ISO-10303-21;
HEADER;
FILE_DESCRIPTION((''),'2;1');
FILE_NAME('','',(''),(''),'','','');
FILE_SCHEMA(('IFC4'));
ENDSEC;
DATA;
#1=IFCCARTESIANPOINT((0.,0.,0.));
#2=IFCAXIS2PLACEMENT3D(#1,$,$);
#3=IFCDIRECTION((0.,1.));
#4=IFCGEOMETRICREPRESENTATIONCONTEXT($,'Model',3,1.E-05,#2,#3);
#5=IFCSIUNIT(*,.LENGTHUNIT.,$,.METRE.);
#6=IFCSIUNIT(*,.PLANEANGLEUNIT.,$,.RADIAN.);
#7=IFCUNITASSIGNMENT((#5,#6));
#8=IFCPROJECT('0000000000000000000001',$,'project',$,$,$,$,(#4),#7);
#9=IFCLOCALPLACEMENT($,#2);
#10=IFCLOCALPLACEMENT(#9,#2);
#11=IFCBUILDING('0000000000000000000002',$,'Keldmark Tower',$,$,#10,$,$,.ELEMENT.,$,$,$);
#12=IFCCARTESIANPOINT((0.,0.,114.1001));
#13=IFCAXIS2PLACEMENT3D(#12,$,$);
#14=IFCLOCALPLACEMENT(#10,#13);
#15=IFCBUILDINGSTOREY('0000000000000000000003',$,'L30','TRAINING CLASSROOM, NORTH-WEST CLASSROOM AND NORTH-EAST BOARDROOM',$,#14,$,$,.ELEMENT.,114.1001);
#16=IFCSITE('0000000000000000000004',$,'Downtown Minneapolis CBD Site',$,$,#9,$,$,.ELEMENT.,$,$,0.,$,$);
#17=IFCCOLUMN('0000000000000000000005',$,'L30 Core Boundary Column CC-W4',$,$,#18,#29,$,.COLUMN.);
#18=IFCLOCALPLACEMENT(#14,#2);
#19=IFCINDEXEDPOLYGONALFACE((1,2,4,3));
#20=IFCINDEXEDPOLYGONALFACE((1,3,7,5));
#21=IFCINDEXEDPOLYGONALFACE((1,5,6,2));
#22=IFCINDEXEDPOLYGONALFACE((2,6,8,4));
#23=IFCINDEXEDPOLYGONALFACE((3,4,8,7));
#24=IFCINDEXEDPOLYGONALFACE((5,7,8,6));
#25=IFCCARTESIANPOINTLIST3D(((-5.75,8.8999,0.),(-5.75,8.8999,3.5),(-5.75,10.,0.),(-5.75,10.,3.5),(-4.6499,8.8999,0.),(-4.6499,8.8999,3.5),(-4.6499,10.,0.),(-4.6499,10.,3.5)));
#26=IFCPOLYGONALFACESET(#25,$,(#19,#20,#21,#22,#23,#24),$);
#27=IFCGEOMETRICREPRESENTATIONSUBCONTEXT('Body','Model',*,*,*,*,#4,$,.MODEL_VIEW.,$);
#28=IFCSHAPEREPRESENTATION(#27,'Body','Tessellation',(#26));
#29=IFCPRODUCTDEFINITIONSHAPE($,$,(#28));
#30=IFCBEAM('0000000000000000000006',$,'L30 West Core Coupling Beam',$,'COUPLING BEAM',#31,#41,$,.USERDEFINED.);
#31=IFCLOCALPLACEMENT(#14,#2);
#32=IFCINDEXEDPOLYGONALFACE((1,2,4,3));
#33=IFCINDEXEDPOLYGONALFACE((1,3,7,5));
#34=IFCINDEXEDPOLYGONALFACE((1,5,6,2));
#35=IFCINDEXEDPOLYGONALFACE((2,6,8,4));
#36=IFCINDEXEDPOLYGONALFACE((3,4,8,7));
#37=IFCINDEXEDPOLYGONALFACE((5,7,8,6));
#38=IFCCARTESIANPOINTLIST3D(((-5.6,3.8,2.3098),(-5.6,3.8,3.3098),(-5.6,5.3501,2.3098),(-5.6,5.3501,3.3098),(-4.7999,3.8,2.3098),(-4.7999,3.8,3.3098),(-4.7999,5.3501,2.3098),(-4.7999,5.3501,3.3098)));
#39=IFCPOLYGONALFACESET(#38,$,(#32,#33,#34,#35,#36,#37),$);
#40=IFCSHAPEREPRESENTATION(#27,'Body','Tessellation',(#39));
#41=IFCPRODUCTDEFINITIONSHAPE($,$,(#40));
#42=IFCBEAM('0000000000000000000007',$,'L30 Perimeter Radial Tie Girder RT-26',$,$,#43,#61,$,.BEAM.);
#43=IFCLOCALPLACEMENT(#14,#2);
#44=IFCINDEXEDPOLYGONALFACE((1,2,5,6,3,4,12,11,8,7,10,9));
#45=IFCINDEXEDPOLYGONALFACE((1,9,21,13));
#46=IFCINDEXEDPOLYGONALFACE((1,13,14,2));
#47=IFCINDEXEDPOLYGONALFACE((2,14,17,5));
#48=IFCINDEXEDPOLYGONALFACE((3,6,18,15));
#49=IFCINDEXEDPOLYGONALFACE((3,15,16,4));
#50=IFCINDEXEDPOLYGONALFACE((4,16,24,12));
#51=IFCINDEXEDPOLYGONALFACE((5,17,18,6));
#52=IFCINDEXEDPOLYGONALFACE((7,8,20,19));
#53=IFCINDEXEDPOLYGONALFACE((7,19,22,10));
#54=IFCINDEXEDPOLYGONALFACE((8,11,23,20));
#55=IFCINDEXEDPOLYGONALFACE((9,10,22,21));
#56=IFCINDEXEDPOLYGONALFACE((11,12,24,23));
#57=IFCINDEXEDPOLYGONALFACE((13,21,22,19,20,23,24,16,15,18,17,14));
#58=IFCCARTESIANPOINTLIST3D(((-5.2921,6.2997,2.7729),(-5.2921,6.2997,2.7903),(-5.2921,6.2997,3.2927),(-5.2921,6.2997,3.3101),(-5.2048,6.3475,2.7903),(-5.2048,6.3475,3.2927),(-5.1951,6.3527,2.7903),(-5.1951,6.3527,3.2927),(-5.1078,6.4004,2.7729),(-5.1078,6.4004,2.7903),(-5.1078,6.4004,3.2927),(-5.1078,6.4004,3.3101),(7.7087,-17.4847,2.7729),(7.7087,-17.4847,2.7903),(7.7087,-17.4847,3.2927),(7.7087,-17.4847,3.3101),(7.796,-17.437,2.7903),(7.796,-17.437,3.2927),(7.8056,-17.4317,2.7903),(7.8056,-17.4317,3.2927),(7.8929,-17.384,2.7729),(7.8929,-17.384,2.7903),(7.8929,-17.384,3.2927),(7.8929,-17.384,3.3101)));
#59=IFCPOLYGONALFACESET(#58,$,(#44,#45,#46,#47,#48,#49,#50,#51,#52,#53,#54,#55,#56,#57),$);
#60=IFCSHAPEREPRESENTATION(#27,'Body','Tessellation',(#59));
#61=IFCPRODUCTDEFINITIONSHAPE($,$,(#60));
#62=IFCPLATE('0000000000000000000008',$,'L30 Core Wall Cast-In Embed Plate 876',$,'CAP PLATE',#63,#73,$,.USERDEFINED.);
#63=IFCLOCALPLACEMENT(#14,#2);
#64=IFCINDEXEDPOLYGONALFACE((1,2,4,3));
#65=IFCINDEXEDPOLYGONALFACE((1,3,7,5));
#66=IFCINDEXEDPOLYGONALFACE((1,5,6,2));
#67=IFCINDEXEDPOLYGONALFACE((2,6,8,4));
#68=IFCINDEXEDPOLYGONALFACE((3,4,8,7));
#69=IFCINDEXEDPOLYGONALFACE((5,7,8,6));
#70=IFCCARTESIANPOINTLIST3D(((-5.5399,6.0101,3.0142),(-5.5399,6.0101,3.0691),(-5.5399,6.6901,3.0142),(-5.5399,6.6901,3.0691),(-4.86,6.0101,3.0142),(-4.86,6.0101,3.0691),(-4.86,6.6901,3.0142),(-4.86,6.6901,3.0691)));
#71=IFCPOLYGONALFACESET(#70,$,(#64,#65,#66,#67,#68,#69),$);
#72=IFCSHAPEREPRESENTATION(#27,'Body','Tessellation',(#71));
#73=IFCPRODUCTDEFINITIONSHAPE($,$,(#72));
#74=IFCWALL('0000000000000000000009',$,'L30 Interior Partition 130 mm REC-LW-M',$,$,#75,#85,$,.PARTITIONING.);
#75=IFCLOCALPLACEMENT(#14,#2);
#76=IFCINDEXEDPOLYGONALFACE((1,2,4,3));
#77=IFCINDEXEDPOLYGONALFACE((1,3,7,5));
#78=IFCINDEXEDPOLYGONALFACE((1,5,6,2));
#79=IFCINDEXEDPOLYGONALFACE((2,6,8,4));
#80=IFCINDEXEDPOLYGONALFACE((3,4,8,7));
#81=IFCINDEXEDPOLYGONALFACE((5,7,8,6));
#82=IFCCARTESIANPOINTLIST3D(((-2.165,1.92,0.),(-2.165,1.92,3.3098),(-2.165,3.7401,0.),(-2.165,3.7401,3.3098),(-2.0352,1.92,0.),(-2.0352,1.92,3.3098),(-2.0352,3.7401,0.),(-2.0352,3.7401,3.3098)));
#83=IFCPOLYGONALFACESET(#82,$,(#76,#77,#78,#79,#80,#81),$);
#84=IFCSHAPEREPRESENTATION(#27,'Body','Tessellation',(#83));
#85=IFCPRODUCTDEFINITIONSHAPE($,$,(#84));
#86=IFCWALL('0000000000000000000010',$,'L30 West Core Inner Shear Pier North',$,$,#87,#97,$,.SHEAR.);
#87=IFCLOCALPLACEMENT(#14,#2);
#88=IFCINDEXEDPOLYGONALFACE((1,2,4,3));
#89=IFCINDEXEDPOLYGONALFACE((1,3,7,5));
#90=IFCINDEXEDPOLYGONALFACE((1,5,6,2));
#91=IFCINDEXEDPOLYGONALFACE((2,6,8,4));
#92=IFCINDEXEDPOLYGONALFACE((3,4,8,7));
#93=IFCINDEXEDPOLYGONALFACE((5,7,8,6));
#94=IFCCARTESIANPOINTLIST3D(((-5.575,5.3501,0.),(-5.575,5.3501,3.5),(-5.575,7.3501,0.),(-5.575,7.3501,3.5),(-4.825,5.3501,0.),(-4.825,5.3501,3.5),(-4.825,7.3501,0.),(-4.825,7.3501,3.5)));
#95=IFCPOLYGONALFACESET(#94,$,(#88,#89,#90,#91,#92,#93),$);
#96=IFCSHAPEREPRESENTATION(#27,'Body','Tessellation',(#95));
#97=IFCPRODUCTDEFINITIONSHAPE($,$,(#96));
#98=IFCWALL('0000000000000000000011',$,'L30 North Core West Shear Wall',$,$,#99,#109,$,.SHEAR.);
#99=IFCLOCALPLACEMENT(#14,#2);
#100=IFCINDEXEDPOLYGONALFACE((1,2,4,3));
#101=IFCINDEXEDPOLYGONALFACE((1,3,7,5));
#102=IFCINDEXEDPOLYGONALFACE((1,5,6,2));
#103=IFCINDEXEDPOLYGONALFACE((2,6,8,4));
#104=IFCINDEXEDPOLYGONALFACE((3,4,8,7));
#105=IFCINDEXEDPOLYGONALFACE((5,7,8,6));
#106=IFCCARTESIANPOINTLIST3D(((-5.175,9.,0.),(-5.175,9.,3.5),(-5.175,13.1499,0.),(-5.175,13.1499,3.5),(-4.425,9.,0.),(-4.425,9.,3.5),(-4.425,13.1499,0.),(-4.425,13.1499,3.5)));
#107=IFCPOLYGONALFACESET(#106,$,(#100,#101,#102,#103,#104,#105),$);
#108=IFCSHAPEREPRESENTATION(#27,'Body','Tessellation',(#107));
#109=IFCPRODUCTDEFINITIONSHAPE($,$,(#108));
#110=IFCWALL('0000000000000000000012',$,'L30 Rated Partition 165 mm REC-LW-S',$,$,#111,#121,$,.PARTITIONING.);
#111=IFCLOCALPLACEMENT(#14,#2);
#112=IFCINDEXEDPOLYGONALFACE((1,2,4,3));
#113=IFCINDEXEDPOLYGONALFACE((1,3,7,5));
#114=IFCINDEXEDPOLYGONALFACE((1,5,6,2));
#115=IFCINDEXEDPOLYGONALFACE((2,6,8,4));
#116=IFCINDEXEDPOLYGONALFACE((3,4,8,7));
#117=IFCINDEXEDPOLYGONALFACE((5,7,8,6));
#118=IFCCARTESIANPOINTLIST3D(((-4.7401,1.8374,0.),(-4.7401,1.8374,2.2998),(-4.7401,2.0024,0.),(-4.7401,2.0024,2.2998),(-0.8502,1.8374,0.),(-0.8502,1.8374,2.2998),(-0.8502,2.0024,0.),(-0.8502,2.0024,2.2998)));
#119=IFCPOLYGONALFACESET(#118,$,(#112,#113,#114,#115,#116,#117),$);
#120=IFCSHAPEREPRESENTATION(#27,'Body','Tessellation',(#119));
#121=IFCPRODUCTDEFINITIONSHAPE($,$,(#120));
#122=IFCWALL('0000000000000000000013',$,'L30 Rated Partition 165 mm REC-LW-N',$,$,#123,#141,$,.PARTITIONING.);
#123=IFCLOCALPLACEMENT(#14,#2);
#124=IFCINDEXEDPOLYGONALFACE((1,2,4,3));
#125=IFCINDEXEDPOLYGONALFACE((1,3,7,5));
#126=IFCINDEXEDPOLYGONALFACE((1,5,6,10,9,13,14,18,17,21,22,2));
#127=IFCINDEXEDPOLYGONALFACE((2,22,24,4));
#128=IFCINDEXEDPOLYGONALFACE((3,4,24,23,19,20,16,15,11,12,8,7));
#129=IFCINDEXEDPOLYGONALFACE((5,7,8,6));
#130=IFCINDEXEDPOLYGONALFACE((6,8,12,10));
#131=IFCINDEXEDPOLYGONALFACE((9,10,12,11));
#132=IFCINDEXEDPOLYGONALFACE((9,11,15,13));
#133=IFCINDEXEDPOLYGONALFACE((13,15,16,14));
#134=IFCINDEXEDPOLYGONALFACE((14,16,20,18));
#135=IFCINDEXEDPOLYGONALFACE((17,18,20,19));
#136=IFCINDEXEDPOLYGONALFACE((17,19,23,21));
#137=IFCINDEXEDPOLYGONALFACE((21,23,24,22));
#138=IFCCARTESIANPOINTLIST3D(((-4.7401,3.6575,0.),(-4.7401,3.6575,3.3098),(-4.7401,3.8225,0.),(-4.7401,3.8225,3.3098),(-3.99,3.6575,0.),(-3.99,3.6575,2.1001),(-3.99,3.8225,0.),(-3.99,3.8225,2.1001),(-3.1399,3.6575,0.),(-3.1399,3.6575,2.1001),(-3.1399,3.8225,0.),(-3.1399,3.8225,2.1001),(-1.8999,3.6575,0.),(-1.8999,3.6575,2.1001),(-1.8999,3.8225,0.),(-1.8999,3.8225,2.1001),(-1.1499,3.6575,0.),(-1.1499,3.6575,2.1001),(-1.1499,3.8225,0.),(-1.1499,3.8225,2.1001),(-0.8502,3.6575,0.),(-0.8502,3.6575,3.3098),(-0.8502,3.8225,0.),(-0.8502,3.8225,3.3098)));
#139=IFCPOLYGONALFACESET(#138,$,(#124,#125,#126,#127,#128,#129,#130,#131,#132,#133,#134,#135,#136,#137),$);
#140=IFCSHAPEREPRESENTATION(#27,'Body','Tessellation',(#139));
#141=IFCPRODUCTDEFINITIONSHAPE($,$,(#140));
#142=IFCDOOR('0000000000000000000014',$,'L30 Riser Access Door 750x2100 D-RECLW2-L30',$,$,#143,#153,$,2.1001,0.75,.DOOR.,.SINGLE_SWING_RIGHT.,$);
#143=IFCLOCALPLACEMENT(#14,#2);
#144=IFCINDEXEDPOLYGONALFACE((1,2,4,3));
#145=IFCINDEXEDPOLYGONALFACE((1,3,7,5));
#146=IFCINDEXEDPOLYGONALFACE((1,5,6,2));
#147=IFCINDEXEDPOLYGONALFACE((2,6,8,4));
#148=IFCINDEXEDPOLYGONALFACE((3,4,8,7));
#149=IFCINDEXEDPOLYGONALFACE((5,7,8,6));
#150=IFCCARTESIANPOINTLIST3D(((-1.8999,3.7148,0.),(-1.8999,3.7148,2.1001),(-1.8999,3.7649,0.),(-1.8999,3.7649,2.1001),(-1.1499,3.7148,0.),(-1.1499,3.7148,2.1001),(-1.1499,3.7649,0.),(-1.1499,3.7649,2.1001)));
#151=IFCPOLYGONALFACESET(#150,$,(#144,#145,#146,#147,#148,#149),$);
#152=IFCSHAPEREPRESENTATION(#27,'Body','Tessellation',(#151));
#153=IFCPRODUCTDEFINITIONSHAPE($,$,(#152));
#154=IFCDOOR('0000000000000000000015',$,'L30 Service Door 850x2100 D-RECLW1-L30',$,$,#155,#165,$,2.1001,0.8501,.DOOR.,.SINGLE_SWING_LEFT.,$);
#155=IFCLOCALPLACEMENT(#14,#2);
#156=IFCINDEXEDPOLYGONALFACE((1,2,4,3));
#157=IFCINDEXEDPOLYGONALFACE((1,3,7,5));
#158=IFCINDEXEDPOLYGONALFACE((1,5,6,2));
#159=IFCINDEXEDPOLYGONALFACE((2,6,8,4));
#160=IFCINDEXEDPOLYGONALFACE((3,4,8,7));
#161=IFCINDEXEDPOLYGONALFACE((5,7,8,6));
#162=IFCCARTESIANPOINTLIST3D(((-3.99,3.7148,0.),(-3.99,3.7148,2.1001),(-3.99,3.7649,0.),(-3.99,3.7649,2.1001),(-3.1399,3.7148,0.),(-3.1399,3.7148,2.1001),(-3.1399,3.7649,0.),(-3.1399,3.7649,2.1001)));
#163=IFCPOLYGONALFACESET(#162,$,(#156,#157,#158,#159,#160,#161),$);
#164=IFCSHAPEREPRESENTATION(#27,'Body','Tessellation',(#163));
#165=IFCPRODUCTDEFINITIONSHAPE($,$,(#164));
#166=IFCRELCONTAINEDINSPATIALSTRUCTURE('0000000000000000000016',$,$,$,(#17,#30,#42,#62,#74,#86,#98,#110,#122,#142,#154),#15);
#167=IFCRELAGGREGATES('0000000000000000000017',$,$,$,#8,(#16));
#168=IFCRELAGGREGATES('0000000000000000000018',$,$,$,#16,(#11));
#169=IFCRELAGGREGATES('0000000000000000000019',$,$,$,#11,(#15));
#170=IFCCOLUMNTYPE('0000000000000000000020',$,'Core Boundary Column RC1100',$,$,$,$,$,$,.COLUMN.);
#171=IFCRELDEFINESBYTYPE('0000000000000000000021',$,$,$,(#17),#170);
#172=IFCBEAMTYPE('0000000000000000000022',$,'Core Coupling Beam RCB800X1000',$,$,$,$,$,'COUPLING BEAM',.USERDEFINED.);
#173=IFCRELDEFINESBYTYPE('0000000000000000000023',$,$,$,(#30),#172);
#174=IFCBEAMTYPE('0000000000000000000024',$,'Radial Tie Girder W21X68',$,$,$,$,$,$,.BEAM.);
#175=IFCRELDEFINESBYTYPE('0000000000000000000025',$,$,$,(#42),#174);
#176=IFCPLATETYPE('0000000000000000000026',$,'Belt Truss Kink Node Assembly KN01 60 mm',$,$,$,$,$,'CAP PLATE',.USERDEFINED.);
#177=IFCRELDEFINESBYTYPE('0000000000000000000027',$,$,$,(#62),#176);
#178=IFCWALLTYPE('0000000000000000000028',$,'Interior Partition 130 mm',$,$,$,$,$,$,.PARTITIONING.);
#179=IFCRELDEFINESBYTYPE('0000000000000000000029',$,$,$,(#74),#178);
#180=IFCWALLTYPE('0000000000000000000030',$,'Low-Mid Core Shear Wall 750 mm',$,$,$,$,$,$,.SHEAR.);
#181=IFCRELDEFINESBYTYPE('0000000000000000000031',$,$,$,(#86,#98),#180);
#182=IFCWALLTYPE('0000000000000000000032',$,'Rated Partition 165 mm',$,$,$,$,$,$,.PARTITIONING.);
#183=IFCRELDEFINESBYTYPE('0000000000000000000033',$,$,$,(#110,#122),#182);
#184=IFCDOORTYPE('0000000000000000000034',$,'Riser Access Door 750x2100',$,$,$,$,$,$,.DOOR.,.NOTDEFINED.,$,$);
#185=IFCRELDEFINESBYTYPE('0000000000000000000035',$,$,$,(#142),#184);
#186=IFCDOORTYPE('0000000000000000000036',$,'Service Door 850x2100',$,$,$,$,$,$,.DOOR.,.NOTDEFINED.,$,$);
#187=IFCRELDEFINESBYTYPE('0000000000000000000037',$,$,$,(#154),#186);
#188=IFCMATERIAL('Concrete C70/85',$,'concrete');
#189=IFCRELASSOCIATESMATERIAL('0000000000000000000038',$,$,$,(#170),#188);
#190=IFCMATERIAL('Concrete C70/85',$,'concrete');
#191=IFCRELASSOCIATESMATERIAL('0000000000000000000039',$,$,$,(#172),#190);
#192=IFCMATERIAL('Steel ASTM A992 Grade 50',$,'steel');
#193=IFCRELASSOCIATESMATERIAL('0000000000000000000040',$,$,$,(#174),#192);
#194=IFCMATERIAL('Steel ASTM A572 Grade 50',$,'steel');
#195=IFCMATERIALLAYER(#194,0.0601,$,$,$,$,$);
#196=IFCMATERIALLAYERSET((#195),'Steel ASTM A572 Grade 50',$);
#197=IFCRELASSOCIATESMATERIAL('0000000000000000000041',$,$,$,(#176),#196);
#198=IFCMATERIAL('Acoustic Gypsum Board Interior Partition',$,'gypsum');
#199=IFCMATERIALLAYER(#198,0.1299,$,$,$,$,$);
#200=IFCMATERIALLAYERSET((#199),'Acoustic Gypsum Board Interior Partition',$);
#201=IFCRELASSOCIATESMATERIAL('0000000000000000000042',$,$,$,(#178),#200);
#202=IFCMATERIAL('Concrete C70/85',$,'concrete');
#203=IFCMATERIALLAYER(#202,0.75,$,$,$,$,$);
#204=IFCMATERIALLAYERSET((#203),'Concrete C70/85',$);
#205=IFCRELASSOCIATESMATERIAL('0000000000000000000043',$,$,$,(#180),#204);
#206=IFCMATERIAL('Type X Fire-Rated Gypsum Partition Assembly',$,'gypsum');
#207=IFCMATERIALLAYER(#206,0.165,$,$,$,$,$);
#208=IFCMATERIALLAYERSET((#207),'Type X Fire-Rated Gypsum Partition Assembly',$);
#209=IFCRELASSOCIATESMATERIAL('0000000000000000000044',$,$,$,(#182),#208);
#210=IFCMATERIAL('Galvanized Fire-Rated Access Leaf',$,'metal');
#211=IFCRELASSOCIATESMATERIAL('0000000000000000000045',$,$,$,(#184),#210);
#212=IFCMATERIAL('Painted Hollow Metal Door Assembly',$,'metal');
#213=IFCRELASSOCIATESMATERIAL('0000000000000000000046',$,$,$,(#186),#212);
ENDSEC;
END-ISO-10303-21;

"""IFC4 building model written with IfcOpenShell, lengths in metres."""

from ifc_helpers import new_model, si_unit, direction, frame, frame_2d, origin, origin_2d, place, context, subcontext, project, spatial, rectangle, i_section, extrude, material, layer, layer_set, material_profile, profile_set, type_object, element, fill, save


model = new_model("IFC4")

# Units and contexts
model_context = context("Model", 3, precision=1e-05, world=origin(), true_north=direction((0.0, 1.0)))
body_context = subcontext(model_context, "Body", "Model", "MODEL_VIEW")
ifc_project = project(units=[si_unit("LENGTHUNIT", "METRE"), si_unit("PLANEANGLEUNIT", "RADIAN")], contexts=[model_context])

# Site, building, storey
site_placement = place(None, origin())
site = spatial("IfcSite", under=ifc_project, at=site_placement, Name="Downtown Minneapolis CBD Site", CompositionType="ELEMENT", RefElevation=0.0)
building_placement = place(site_placement, origin())
building = spatial("IfcBuilding", under=site, at=building_placement, Name="Keldmark Tower", CompositionType="ELEMENT")
storey_placement = place(building_placement, frame((0.0, 0.0, 114.1001)))
storey = spatial("IfcBuildingStorey", under=building, at=storey_placement, Name="L30", Description="TRAINING CLASSROOM, NORTH-WEST CLASSROOM AND NORTH-EAST BOARDROOM", CompositionType="ELEMENT", Elevation=114.1001)

# Column
ifc_material_1 = material(Name="Concrete C70/85", Category="concrete")
ifc_material_profile_1 = material_profile(ifc_material_1, rectangle(XDim=1.1001, YDim=1.1001, at=origin_2d()), Name="RC1100X1100")
ifc_profile_set_1 = profile_set([ifc_material_profile_1], Name="Concrete C70/85")
column_type = type_object("IfcColumnType", Name="Core Boundary Column RC1100", PredefinedType="COLUMN", material=ifc_profile_set_1)
column_placement = place(storey_placement, frame((-5.2, 9.45, 0.0), z_axis=(0.0, 0.0, 1.0), x_axis=(1.0, 0.0, 0.0)))
element("IfcColumn", 1, at=column_placement, inside=storey, type_object=column_type, Name="L30 Core Boundary Column CC-W4", PredefinedType="COLUMN", context=body_context, shape_type="SweptSolid", body=[
    extrude(rectangle(XDim=1.1001, YDim=1.1001, at=origin_2d()), origin(), (0.0, 0.0, 1.0), 3.5),
])

# Beams
ifc_material_2 = material(Name="Concrete C70/85", Category="concrete")
ifc_material_profile_2 = material_profile(ifc_material_2, rectangle(XDim=0.8, YDim=1.0, at=origin_2d()), Name="RCB800X1000")
ifc_profile_set_2 = profile_set([ifc_material_profile_2], Name="Concrete C70/85")
beam_type_1 = type_object("IfcBeamType", Name="Core Coupling Beam RCB800X1000", ElementType="COUPLING BEAM", PredefinedType="USERDEFINED", material=ifc_profile_set_2)
beam_1_placement = place(storey_placement, frame((-5.2, 3.8, 2.8098), z_axis=(0.0, 1.0, 0.0), x_axis=(-1.0, 0.0, 0.0)))
element("IfcBeam", 2, at=beam_1_placement, inside=storey, type_object=beam_type_1, Name="L30 West Core Coupling Beam", ObjectType="COUPLING BEAM", PredefinedType="USERDEFINED", context=body_context, shape_type="SweptSolid", body=[
    extrude(rectangle(XDim=0.8, YDim=1.0, at=origin_2d()), origin(), (0.0, 0.0, 1.0), 1.55),
])
ifc_material_3 = material(Name="Steel ASTM A992 Grade 50", Category="steel")
ifc_material_profile_3 = material_profile(ifc_material_3, i_section(OverallWidth=0.21, OverallDepth=0.5371, WebThickness=0.011, FlangeThickness=0.0173, at=origin_2d()), Name="W21X68")
ifc_profile_set_3 = profile_set([ifc_material_profile_3], Name="Steel ASTM A992 Grade 50")
beam_type_2 = type_object("IfcBeamType", Name="Radial Tie Girder W21X68", PredefinedType="BEAM", material=ifc_profile_set_3)
beam_2_placement = place(storey_placement, frame((-5.2, 6.3501, 3.0415), z_axis=(0.479631, -0.87747, 0.0), x_axis=(0.87747, 0.479631, 0.0)))
element("IfcBeam", 3, at=beam_2_placement, inside=storey, type_object=beam_type_2, Name="L30 Perimeter Radial Tie Girder RT-26", PredefinedType="BEAM", context=body_context, shape_type="SweptSolid", body=[
    extrude(i_section(OverallWidth=0.21, OverallDepth=0.5371, WebThickness=0.011, FlangeThickness=0.0173, at=origin_2d()), origin(), (0.0, 0.0, 1.0), 27.1057),
])

# Plate
ifc_material_4 = material(Name="Steel ASTM A572 Grade 50", Category="steel")
ifc_layer_1 = layer(ifc_material_4, 0.0601)
ifc_layer_set_1 = layer_set([ifc_layer_1], Name="Steel ASTM A572 Grade 50")
plate_type = type_object("IfcPlateType", Name="Belt Truss Kink Node Assembly KN01 60 mm", ElementType="CAP PLATE", PredefinedType="USERDEFINED", material=ifc_layer_set_1)
plate_placement = place(storey_placement, frame((-5.2, 6.3501, 3.0142), z_axis=(0.0, 0.0, 1.0), x_axis=(1.0, 0.0, 0.0)))
element("IfcPlate", 4, at=plate_placement, inside=storey, type_object=plate_type, Name="L30 Core Wall Cast-In Embed Plate 876", ObjectType="CAP PLATE", PredefinedType="USERDEFINED", context=body_context, shape_type="SweptSolid", body=[
    extrude(rectangle(XDim=0.6799, YDim=0.6799, at=origin_2d()), origin(), (0.0, 0.0, 1.0), 0.0549),
])

# Walls
ifc_material_5 = material(Name="Acoustic Gypsum Board Interior Partition", Category="gypsum")
ifc_layer_2 = layer(ifc_material_5, 0.1299)
ifc_layer_set_2 = layer_set([ifc_layer_2], Name="Acoustic Gypsum Board Interior Partition")
wall_type_1 = type_object("IfcWallType", Name="Interior Partition 130 mm", PredefinedType="PARTITIONING", material=ifc_layer_set_2)
wall_1_placement = place(storey_placement, frame((-2.1001, 1.9199, 0.0), z_axis=(0.0, 0.0, 1.0), x_axis=(0.0, 1.0, 0.0)))
element("IfcWall", 5, at=wall_1_placement, inside=storey, type_object=wall_type_1, Name="L30 Interior Partition 130 mm REC-LW-M", PredefinedType="PARTITIONING", context=body_context, shape_type="SweptSolid", body=[
    extrude(rectangle(XDim=1.8201, YDim=0.1299, at=frame_2d((0.9102, 0.0))), origin(), (0.0, 0.0, 1.0), 3.3098),
])
ifc_material_6 = material(Name="Concrete C70/85", Category="concrete")
ifc_layer_3 = layer(ifc_material_6, 0.75)
ifc_layer_set_3 = layer_set([ifc_layer_3], Name="Concrete C70/85")
wall_type_2 = type_object("IfcWallType", Name="Low-Mid Core Shear Wall 750 mm", PredefinedType="SHEAR", material=ifc_layer_set_3)
wall_2_placement = place(storey_placement, frame((-5.2, 5.3501, 0.0), z_axis=(0.0, 0.0, 1.0), x_axis=(0.0, 1.0, 0.0)))
element("IfcWall", 6, at=wall_2_placement, inside=storey, type_object=wall_type_2, Name="L30 West Core Inner Shear Pier North", PredefinedType="SHEAR", context=body_context, shape_type="SweptSolid", body=[
    extrude(rectangle(XDim=2.0, YDim=0.75, at=frame_2d((1.0, 0.0))), origin(), (0.0, 0.0, 1.0), 3.5),
])
wall_3_placement = place(storey_placement, frame((-4.8, 9.0, 0.0), z_axis=(0.0, 0.0, 1.0), x_axis=(0.0, 1.0, 0.0)))
element("IfcWall", 7, at=wall_3_placement, inside=storey, type_object=wall_type_2, Name="L30 North Core West Shear Wall", PredefinedType="SHEAR", context=body_context, shape_type="SweptSolid", body=[
    extrude(rectangle(XDim=4.1499, YDim=0.75, at=frame_2d((2.075, 0.0))), origin(), (0.0, 0.0, 1.0), 3.5),
])
ifc_material_7 = material(Name="Type X Fire-Rated Gypsum Partition Assembly", Category="gypsum")
ifc_layer_4 = layer(ifc_material_7, 0.165)
ifc_layer_set_4 = layer_set([ifc_layer_4], Name="Type X Fire-Rated Gypsum Partition Assembly")
wall_type_3 = type_object("IfcWallType", Name="Rated Partition 165 mm", PredefinedType="PARTITIONING", material=ifc_layer_set_4)
wall_4_placement = place(storey_placement, frame((-4.74, 1.9199, 0.0), z_axis=(0.0, 0.0, 1.0), x_axis=(1.0, 0.0, 0.0)))
element("IfcWall", 8, at=wall_4_placement, inside=storey, type_object=wall_type_3, Name="L30 Rated Partition 165 mm REC-LW-S", PredefinedType="PARTITIONING", context=body_context, shape_type="SweptSolid", body=[
    extrude(rectangle(XDim=3.8899, YDim=0.165, at=frame_2d((1.9448, 0.0))), origin(), (0.0, 0.0, 1.0), 2.2998),
])

# Wall, openings, doors
wall_5_placement = place(storey_placement, frame((-4.74, 3.74, 0.0), z_axis=(0.0, 0.0, 1.0), x_axis=(1.0, 0.0, 0.0)))
wall_5 = element("IfcWall", 9, at=wall_5_placement, inside=storey, type_object=wall_type_3, Name="L30 Rated Partition 165 mm REC-LW-N", PredefinedType="PARTITIONING", context=body_context, shape_type="SweptSolid", body=[
    extrude(rectangle(XDim=3.8899, YDim=0.165, at=frame_2d((1.9448, 0.0))), origin(), (0.0, 0.0, 1.0), 3.3098),
])
opening_1_placement = place(wall_5_placement, frame((0.75, 0.0, 0.0)))
opening_1 = element("IfcOpeningElement", 10, at=opening_1_placement, cuts=wall_5, PredefinedType="OPENING", context=body_context, shape_type="SweptSolid", body=[
    extrude(rectangle(XDim=0.8501, YDim=2.1001, at=frame_2d((0.425, 1.05))), frame((0.0, 0.0925, 0.0), z_axis=(0.0, -1.0, 0.0), x_axis=(1.0, 0.0, 0.0)), (0.0, 0.0, 1.0), 0.1851),
])
opening_2_placement = place(wall_5_placement, frame((2.8401, 0.0, 0.0)))
opening_2 = element("IfcOpeningElement", 11, at=opening_2_placement, cuts=wall_5, PredefinedType="OPENING", context=body_context, shape_type="SweptSolid", body=[
    extrude(rectangle(XDim=0.75, YDim=2.1001, at=frame_2d((0.375, 1.05))), frame((0.0, 0.0925, 0.0), z_axis=(0.0, -1.0, 0.0), x_axis=(1.0, 0.0, 0.0)), (0.0, 0.0, 1.0), 0.1851),
])
ifc_material_8 = material(Name="Galvanized Fire-Rated Access Leaf", Category="metal")
door_type_1 = type_object("IfcDoorType", Name="Riser Access Door 750x2100", OperationType="NOTDEFINED", PredefinedType="DOOR", material=ifc_material_8)
door_1_placement = place(opening_2_placement, origin())
door_1 = element("IfcDoor", 12, at=door_1_placement, inside=storey, type_object=door_type_1, Name="L30 Riser Access Door 750x2100 D-RECLW2-L30", OperationType="SINGLE_SWING_RIGHT", OverallHeight=2.1001, OverallWidth=0.75, PredefinedType="DOOR", context=body_context, shape_type="SweptSolid", body=[
    extrude(rectangle(XDim=0.75, YDim=2.1001, at=frame_2d((0.375, 1.05))), frame((0.0, 0.0249, 0.0), z_axis=(0.0, -1.0, 0.0), x_axis=(1.0, 0.0, 0.0)), (0.0, 0.0, 1.0), 0.05),
])
fill(opening_2, door_1)
ifc_material_9 = material(Name="Painted Hollow Metal Door Assembly", Category="metal")
door_type_2 = type_object("IfcDoorType", Name="Service Door 850x2100", OperationType="NOTDEFINED", PredefinedType="DOOR", material=ifc_material_9)
door_2_placement = place(opening_1_placement, origin())
door_2 = element("IfcDoor", 13, at=door_2_placement, inside=storey, type_object=door_type_2, Name="L30 Service Door 850x2100 D-RECLW1-L30", OperationType="SINGLE_SWING_LEFT", OverallHeight=2.1001, OverallWidth=0.8501, PredefinedType="DOOR", context=body_context, shape_type="SweptSolid", body=[
    extrude(rectangle(XDim=0.8501, YDim=2.1001, at=frame_2d((0.425, 1.05))), frame((0.0, 0.0249, 0.0), z_axis=(0.0, -1.0, 0.0), x_axis=(1.0, 0.0, 0.0)), (0.0, 0.0, 1.0), 0.05),
])
fill(opening_1, door_2)

save(model, "model.ifc")
